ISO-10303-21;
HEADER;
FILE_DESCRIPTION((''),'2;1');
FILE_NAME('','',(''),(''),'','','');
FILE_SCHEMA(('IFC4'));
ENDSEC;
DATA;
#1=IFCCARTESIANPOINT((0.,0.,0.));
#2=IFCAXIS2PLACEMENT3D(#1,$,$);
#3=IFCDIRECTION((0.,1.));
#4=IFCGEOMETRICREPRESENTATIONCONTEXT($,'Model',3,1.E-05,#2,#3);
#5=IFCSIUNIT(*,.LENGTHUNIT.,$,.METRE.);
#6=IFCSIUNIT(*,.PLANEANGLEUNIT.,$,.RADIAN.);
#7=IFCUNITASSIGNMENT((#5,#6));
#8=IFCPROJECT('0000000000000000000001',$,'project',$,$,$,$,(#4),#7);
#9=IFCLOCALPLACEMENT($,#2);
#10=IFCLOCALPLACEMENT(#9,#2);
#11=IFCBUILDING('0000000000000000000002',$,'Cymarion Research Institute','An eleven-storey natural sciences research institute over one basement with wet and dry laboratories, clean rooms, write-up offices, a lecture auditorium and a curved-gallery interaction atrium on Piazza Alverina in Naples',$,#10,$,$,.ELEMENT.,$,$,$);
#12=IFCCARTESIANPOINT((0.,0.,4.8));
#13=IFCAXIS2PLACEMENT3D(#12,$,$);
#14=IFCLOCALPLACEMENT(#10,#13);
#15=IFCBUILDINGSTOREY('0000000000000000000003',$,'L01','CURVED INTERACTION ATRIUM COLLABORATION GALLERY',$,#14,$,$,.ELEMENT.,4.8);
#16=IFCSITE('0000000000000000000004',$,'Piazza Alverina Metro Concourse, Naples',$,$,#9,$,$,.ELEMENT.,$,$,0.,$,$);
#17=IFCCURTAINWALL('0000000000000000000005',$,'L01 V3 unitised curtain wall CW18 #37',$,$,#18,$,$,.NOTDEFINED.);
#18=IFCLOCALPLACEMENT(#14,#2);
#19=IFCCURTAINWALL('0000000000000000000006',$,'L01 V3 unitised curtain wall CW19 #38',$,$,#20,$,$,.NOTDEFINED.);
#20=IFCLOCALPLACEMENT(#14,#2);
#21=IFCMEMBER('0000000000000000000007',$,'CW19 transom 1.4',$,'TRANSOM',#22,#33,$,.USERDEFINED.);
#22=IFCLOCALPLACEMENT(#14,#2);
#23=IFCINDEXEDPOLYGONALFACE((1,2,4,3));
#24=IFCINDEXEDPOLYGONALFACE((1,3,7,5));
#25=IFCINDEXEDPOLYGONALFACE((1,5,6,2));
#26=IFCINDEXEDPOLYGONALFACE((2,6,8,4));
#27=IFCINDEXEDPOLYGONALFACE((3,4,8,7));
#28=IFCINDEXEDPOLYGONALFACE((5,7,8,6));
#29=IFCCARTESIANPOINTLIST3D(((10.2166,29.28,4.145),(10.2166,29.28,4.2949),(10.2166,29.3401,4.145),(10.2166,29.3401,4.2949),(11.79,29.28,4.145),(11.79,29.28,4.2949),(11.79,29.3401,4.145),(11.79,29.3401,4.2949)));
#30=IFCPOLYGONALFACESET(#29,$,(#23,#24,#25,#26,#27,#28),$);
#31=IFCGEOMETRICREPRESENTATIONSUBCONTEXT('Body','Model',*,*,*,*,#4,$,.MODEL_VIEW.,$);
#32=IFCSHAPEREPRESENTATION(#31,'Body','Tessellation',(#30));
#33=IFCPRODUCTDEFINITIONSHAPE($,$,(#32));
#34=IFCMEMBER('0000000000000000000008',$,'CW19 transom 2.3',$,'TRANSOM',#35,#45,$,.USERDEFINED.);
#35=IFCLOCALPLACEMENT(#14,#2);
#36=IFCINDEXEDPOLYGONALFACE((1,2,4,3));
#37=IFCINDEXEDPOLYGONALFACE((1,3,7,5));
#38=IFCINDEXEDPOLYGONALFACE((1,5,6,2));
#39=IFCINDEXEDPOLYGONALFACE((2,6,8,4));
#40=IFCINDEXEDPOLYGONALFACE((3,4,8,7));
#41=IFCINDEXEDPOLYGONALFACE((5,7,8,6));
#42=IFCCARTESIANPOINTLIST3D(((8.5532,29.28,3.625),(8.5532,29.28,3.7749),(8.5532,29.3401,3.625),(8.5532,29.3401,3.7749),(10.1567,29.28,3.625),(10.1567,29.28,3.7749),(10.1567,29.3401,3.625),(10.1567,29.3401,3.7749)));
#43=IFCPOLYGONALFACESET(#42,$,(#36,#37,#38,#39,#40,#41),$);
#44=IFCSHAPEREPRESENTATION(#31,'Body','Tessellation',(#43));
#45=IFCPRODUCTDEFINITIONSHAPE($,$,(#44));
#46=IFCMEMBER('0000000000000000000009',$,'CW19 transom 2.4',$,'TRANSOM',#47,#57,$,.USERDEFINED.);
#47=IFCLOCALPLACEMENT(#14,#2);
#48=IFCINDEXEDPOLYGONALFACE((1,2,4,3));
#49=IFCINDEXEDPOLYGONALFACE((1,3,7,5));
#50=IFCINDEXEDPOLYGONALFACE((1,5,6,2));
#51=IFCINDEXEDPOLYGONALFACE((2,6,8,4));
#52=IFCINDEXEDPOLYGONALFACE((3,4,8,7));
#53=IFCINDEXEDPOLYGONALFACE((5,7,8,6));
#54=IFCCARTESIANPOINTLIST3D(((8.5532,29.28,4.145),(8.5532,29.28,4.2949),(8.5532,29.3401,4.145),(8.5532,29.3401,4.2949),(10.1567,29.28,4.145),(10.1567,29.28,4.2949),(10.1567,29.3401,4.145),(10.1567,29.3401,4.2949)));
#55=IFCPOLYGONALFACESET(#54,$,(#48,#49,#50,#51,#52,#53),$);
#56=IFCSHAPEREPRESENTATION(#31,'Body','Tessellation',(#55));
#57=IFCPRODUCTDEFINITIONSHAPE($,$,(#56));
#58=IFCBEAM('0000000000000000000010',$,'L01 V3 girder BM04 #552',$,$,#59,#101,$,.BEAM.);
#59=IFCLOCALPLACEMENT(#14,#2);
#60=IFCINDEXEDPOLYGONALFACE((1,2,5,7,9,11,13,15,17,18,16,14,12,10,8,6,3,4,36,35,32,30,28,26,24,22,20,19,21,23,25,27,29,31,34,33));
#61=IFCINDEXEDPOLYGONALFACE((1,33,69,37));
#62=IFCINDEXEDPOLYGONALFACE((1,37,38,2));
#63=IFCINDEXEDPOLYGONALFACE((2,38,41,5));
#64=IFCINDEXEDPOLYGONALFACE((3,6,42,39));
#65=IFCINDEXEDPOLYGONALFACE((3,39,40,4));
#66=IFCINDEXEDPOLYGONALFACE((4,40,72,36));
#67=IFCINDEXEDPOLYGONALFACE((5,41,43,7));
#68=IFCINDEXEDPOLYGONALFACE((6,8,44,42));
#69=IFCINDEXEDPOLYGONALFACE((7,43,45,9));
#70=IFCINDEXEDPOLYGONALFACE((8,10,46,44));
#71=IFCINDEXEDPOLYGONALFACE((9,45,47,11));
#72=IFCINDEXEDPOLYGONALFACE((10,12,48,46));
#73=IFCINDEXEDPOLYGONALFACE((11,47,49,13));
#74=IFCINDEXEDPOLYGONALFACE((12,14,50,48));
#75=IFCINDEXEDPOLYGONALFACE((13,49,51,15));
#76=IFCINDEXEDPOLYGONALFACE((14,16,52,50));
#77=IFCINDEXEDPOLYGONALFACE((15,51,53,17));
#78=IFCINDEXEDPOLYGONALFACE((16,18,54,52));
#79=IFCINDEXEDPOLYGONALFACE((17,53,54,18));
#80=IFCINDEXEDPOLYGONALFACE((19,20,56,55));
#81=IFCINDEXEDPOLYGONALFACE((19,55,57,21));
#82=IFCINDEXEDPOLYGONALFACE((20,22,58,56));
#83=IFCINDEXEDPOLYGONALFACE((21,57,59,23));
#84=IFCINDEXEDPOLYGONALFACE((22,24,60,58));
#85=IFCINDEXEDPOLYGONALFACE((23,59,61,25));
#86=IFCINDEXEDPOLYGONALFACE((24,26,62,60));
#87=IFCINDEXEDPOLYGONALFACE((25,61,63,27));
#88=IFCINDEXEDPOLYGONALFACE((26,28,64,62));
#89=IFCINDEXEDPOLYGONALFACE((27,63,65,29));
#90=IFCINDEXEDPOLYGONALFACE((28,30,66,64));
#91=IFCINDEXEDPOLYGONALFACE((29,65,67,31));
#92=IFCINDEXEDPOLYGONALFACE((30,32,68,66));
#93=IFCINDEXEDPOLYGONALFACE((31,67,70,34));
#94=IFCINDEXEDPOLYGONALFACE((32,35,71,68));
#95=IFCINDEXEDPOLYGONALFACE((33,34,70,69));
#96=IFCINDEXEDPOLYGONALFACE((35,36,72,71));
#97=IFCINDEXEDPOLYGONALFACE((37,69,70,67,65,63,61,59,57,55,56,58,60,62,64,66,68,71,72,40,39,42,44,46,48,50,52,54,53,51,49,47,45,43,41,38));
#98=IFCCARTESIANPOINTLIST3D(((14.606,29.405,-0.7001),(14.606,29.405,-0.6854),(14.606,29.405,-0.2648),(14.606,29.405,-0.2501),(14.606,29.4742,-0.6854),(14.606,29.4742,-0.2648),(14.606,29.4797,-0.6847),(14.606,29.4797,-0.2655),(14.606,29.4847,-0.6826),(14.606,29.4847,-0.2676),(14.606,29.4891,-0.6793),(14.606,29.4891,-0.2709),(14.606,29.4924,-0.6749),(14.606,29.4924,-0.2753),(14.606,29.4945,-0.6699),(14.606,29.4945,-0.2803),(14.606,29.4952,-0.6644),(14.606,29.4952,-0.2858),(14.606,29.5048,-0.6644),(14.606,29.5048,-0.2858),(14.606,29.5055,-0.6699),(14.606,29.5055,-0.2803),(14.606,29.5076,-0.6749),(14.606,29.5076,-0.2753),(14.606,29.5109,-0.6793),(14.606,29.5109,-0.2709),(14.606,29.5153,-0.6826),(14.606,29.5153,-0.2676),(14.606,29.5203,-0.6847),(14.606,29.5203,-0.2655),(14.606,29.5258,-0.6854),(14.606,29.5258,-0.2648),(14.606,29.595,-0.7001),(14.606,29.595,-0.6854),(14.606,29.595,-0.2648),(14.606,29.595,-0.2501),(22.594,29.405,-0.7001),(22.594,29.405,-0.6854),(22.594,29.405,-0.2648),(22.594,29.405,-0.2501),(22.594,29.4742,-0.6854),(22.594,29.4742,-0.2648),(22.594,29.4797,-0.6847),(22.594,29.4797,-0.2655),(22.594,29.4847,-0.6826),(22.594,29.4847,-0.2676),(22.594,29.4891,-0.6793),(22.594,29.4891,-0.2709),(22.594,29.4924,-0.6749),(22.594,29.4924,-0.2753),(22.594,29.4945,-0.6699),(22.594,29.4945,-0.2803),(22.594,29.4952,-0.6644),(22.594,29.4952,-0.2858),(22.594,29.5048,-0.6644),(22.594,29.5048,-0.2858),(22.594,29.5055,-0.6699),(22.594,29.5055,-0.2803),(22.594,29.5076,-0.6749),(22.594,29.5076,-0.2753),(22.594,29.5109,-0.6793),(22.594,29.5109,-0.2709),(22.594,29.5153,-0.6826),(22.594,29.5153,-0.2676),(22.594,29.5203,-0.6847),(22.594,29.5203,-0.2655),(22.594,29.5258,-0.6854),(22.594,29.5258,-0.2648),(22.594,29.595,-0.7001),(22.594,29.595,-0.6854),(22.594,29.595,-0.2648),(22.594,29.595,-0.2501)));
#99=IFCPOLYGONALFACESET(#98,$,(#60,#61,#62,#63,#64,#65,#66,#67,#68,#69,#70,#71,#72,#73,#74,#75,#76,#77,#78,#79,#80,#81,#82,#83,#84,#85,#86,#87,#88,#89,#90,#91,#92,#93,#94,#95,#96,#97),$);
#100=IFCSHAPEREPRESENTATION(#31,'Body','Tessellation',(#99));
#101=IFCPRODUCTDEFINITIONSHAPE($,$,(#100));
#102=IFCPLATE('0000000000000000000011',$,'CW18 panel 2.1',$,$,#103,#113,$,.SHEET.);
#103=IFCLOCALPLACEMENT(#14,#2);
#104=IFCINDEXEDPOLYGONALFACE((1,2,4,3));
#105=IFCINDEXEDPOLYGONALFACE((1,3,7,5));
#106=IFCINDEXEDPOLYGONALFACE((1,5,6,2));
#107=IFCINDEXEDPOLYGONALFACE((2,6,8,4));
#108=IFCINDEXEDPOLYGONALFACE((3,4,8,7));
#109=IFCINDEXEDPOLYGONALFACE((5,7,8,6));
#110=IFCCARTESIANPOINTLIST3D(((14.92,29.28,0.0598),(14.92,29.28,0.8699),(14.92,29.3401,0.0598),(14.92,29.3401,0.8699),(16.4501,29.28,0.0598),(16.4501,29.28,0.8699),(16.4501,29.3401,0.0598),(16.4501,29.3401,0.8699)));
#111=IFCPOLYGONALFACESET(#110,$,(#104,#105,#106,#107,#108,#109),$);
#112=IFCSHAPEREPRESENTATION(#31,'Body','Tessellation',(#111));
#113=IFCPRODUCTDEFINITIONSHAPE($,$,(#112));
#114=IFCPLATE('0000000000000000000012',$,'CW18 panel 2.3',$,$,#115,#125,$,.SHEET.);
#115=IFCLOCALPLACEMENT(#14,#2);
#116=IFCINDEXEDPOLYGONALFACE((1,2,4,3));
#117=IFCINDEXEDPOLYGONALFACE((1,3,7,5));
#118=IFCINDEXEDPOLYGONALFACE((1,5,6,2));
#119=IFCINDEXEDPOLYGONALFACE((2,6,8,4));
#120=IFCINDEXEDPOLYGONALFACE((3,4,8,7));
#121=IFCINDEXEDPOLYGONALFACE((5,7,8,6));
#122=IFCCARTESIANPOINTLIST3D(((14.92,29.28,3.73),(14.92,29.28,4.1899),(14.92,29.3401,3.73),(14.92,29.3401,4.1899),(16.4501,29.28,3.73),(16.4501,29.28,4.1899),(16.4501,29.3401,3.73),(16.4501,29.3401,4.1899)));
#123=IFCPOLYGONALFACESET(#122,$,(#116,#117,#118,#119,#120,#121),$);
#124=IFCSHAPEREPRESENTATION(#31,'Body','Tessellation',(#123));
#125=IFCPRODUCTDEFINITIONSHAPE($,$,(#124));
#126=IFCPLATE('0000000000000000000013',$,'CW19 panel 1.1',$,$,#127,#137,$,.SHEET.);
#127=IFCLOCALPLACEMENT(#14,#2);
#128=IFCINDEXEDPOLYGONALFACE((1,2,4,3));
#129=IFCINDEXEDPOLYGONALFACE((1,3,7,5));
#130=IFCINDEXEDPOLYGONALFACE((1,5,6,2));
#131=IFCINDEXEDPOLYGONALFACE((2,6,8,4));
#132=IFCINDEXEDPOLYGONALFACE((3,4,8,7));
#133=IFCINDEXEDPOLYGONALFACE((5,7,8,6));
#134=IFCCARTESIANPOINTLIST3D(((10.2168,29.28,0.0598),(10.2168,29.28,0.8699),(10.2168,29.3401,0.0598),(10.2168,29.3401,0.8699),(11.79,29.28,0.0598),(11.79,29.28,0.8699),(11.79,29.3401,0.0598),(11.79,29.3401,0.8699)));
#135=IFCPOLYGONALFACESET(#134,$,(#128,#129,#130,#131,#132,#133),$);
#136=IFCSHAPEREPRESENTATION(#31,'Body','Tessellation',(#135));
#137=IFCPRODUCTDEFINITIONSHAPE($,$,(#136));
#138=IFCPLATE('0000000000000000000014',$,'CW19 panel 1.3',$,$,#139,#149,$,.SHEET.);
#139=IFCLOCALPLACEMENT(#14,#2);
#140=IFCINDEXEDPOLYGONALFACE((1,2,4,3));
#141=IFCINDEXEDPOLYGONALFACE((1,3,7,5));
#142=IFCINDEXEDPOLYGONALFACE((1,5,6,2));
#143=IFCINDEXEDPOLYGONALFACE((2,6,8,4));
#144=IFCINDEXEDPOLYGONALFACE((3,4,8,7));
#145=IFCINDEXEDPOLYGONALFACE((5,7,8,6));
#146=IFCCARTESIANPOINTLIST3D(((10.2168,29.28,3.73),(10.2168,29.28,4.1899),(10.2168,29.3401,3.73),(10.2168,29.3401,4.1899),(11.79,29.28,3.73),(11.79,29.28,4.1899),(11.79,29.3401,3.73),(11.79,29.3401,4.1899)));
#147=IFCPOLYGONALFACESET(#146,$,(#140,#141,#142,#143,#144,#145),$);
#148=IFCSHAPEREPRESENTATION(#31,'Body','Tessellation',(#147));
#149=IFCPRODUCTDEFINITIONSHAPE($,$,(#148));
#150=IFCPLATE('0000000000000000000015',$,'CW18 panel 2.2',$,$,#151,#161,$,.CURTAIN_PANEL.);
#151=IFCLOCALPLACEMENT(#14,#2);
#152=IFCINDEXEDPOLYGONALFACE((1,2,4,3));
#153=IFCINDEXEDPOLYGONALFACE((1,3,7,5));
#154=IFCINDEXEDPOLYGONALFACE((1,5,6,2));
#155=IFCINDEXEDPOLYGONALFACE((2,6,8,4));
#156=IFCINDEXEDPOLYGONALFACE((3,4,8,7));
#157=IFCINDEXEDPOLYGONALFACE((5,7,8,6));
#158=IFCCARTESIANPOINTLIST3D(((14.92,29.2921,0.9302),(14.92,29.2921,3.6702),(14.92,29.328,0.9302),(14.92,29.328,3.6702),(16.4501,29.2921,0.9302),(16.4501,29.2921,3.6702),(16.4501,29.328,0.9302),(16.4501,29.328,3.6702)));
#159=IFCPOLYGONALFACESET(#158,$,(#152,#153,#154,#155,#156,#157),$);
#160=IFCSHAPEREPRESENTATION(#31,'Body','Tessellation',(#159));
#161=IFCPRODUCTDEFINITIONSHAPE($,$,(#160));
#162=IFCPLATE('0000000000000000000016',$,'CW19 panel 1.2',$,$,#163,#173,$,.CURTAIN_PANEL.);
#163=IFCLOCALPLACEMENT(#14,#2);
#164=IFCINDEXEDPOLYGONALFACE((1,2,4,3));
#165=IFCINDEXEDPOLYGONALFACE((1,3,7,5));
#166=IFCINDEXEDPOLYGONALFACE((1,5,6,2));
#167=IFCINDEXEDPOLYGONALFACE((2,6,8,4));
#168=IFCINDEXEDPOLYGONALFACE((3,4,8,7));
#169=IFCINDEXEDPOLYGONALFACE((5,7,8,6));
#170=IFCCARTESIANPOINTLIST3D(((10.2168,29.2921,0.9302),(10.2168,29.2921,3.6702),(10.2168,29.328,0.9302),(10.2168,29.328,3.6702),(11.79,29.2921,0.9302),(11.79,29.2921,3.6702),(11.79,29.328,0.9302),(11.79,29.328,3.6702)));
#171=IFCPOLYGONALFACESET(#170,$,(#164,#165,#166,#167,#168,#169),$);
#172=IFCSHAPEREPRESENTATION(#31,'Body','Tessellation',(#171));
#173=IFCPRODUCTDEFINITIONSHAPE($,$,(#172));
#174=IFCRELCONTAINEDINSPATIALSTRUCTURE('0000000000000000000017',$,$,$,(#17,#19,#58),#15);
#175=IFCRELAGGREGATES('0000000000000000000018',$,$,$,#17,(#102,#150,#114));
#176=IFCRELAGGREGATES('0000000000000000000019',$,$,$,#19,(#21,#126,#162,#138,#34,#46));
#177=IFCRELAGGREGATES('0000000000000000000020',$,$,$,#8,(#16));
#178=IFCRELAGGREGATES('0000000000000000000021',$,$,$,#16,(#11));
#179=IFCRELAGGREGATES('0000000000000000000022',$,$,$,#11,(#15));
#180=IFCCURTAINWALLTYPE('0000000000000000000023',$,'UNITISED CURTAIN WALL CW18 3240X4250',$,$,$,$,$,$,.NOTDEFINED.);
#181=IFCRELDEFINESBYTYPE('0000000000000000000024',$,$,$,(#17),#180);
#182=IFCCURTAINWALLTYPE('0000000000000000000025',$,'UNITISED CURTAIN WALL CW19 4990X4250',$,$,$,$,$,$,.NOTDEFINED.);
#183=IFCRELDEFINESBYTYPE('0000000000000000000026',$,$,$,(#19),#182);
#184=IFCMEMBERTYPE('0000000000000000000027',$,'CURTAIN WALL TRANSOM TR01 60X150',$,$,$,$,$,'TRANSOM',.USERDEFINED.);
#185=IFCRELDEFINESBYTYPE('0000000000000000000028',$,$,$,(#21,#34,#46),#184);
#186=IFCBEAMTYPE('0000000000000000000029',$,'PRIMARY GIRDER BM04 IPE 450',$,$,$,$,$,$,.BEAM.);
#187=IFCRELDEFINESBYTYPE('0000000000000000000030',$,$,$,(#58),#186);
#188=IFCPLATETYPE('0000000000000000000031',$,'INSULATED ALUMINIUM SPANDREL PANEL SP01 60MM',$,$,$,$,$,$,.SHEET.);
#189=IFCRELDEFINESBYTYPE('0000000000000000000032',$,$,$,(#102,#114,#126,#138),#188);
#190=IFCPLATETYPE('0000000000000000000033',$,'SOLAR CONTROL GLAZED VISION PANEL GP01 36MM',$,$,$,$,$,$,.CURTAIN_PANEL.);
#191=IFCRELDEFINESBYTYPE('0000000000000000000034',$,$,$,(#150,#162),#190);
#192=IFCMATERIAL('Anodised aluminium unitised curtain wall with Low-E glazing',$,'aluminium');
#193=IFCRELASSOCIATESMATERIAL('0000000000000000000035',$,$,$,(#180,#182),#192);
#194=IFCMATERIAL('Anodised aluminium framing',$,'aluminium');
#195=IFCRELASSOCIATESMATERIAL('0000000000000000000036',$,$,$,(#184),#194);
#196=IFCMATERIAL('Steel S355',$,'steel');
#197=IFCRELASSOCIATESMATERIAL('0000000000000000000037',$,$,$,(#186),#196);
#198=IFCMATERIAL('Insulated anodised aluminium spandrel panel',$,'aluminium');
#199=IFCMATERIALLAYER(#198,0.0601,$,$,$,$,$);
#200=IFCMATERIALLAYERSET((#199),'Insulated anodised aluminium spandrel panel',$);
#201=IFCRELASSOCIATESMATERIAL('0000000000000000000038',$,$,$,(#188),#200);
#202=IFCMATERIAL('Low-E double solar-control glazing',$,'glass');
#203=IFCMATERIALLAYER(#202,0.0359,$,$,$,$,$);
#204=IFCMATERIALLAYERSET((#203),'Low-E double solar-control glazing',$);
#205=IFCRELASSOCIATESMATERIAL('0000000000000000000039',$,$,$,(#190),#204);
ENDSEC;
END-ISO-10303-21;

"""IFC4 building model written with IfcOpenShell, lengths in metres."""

from ifc_helpers import new_model, si_unit, direction, frame, origin, origin_2d, place, context, subcontext, project, spatial, rectangle, i_section, extrude, material, layer, layer_set, material_profile, profile_set, type_object, element, aggregate, save


model = new_model("IFC4")

# Units and contexts
model_context = context("Model", 3, precision=1e-05, world=origin(), true_north=direction((0.0, 1.0)))
body_context = subcontext(model_context, "Body", "Model", "MODEL_VIEW")
ifc_project = project(units=[si_unit("LENGTHUNIT", "METRE"), si_unit("PLANEANGLEUNIT", "RADIAN")], contexts=[model_context])

# Site, building, storey
site_placement = place(None, origin())
site = spatial("IfcSite", under=ifc_project, at=site_placement, Name="Piazza Alverina Metro Concourse, Naples", CompositionType="ELEMENT", RefElevation=0.0)
building_placement = place(site_placement, origin())
building = spatial("IfcBuilding", under=site, at=building_placement, Name="Cymarion Research Institute", Description="An eleven-storey natural sciences research institute over one basement with wet and dry laboratories, clean rooms, write-up offices, a lecture auditorium and a curved-gallery interaction atrium on Piazza Alverina in Naples", CompositionType="ELEMENT")
storey_placement = place(building_placement, frame((0.0, 0.0, 4.8)))
storey = spatial("IfcBuildingStorey", under=building, at=storey_placement, Name="L01", Description="CURVED INTERACTION ATRIUM COLLABORATION GALLERY", CompositionType="ELEMENT", Elevation=4.8)

# Shared definitions
ifc_material_1 = material(Name="Steel S355", Category="steel")

# Curtain walls
ifc_material_2 = material(Name="Anodised aluminium unitised curtain wall with Low-E glazing", Category="aluminium")
curtain_wall_type_1 = type_object("IfcCurtainWallType", Name="UNITISED CURTAIN WALL CW18 3240X4250", PredefinedType="NOTDEFINED", material=ifc_material_2)
curtain_wall_1_placement = place(storey_placement, origin())
curtain_wall_1 = element("IfcCurtainWall", 1, at=curtain_wall_1_placement, inside=storey, type_object=curtain_wall_type_1, Name="L01 V3 unitised curtain wall CW18 #37", PredefinedType="NOTDEFINED")
ifc_material_3 = material(Name="Anodised aluminium framing", Category="aluminium")
curtain_wall_type_2 = type_object("IfcCurtainWallType", Name="UNITISED CURTAIN WALL CW19 4990X4250", PredefinedType="NOTDEFINED", material=ifc_material_2)
curtain_wall_2_placement = place(storey_placement, origin())
curtain_wall_2 = element("IfcCurtainWall", 2, at=curtain_wall_2_placement, inside=storey, type_object=curtain_wall_type_2, Name="L01 V3 unitised curtain wall CW19 #38", PredefinedType="NOTDEFINED")

# Members
ifc_material_profile_1 = material_profile(ifc_material_3, rectangle(XDim=0.0601, YDim=0.1499, at=origin_2d()), Name="ALU TRANSOM 60x150")
ifc_profile_set_1 = profile_set([ifc_material_profile_1], Name="Anodised aluminium framing")
member_type_1 = type_object("IfcMemberType", Name="CURTAIN WALL TRANSOM TR01 60X150", ElementType="TRANSOM", PredefinedType="USERDEFINED", material=ifc_profile_set_1)
member_1_placement = place(storey_placement, frame((11.79, 29.3101, 4.22), z_axis=(-1.0, 0.0, 0.0), x_axis=(0.0, -1.0, 0.0)))
member_1 = element("IfcMember", 3, at=member_1_placement, type_object=member_type_1, Name="CW19 transom 1.4", ObjectType="TRANSOM", PredefinedType="USERDEFINED", context=body_context, shape_type="SweptSolid", body=[
    extrude(rectangle(XDim=0.0601, YDim=0.1499, at=origin_2d()), origin(), (0.0, 0.0, 1.0), 1.5735),
])
member_2_placement = place(storey_placement, frame((10.1567, 29.3101, 3.7), z_axis=(-1.0, 0.0, 0.0), x_axis=(0.0, -1.0, 0.0)))
member_2 = element("IfcMember", 4, at=member_2_placement, type_object=member_type_1, Name="CW19 transom 2.3", ObjectType="TRANSOM", PredefinedType="USERDEFINED", context=body_context, shape_type="SweptSolid", body=[
    extrude(rectangle(XDim=0.0601, YDim=0.1499, at=origin_2d()), origin(), (0.0, 0.0, 1.0), 1.6035),
])
member_3_placement = place(storey_placement, frame((10.1567, 29.3101, 4.22), z_axis=(-1.0, 0.0, 0.0), x_axis=(0.0, -1.0, 0.0)))
member_3 = element("IfcMember", 5, at=member_3_placement, type_object=member_type_1, Name="CW19 transom 2.4", ObjectType="TRANSOM", PredefinedType="USERDEFINED", context=body_context, shape_type="SweptSolid", body=[
    extrude(rectangle(XDim=0.0601, YDim=0.1499, at=origin_2d()), origin(), (0.0, 0.0, 1.0), 1.6035),
])

# Beam
ifc_material_profile_2 = material_profile(ifc_material_1, i_section(OverallWidth=0.1899, OverallDepth=0.45, WebThickness=0.0095, FlangeThickness=0.0146, FilletRadius=0.021, at=origin_2d()), Name="IPE 450")
ifc_profile_set_2 = profile_set([ifc_material_profile_2], Name="Steel S355")
beam_type = type_object("IfcBeamType", Name="PRIMARY GIRDER BM04 IPE 450", PredefinedType="BEAM", material=ifc_profile_set_2)
beam_placement = place(storey_placement, frame((14.606, 29.5, -0.4751), z_axis=(1.0, 0.0, 0.0), x_axis=(0.0, 1.0, 0.0)))
element("IfcBeam", 6, at=beam_placement, inside=storey, type_object=beam_type, Name="L01 V3 girder BM04 #552", PredefinedType="BEAM", context=body_context, shape_type="SweptSolid", body=[
    extrude(i_section(OverallWidth=0.1899, OverallDepth=0.45, WebThickness=0.0095, FlangeThickness=0.0146, FilletRadius=0.021, at=origin_2d()), origin(), (0.0, 0.0, 1.0), 7.988),
])

# Plates
ifc_material_4 = material(Name="Insulated anodised aluminium spandrel panel", Category="aluminium")
ifc_layer_1 = layer(ifc_material_4, 0.0601)
ifc_layer_set_1 = layer_set([ifc_layer_1], Name="Insulated anodised aluminium spandrel panel")
plate_type_1 = type_object("IfcPlateType", Name="INSULATED ALUMINIUM SPANDREL PANEL SP01 60MM", PredefinedType="SHEET", material=ifc_layer_set_1)
plate_1_placement = place(storey_placement, frame((15.6851, 29.3101, 0.0598), z_axis=(0.0, 0.0, 1.0), x_axis=(-1.0, 0.0, 0.0)))
plate_1 = element("IfcPlate", 7, at=plate_1_placement, type_object=plate_type_1, Name="CW18 panel 2.1", PredefinedType="SHEET", context=body_context, shape_type="SweptSolid", body=[
    extrude(rectangle(XDim=1.53, YDim=0.0601, at=origin_2d()), origin(), (0.0, 0.0, 1.0), 0.8101),
])
plate_2_placement = place(storey_placement, frame((15.6851, 29.3101, 3.73), z_axis=(0.0, 0.0, 1.0), x_axis=(-1.0, 0.0, 0.0)))
plate_2 = element("IfcPlate", 8, at=plate_2_placement, type_object=plate_type_1, Name="CW18 panel 2.3", PredefinedType="SHEET", context=body_context, shape_type="SweptSolid", body=[
    extrude(rectangle(XDim=1.53, YDim=0.0601, at=origin_2d()), origin(), (0.0, 0.0, 1.0), 0.46),
])
plate_3_placement = place(storey_placement, frame((11.0034, 29.3101, 0.0598), z_axis=(0.0, 0.0, 1.0), x_axis=(-1.0, 0.0, 0.0)))
plate_3 = element("IfcPlate", 9, at=plate_3_placement, type_object=plate_type_1, Name="CW19 panel 1.1", PredefinedType="SHEET", context=body_context, shape_type="SweptSolid", body=[
    extrude(rectangle(XDim=1.5732, YDim=0.0601, at=origin_2d()), origin(), (0.0, 0.0, 1.0), 0.8101),
])
plate_4_placement = place(storey_placement, frame((11.0034, 29.3101, 3.73), z_axis=(0.0, 0.0, 1.0), x_axis=(-1.0, 0.0, 0.0)))
plate_4 = element("IfcPlate", 10, at=plate_4_placement, type_object=plate_type_1, Name="CW19 panel 1.3", PredefinedType="SHEET", context=body_context, shape_type="SweptSolid", body=[
    extrude(rectangle(XDim=1.5732, YDim=0.0601, at=origin_2d()), origin(), (0.0, 0.0, 1.0), 0.46),
])
ifc_material_5 = material(Name="Low-E double solar-control glazing", Category="glass")
ifc_layer_2 = layer(ifc_material_5, 0.0359)
ifc_layer_set_2 = layer_set([ifc_layer_2], Name="Low-E double solar-control glazing")
plate_type_2 = type_object("IfcPlateType", Name="SOLAR CONTROL GLAZED VISION PANEL GP01 36MM", PredefinedType="CURTAIN_PANEL", material=ifc_layer_set_2)
plate_5_placement = place(storey_placement, frame((15.6851, 29.3101, 0.9302), z_axis=(0.0, 0.0, 1.0), x_axis=(-1.0, 0.0, 0.0)))
plate_5 = element("IfcPlate", 11, at=plate_5_placement, type_object=plate_type_2, Name="CW18 panel 2.2", PredefinedType="CURTAIN_PANEL", context=body_context, shape_type="SweptSolid", body=[
    extrude(rectangle(XDim=1.53, YDim=0.0359, at=origin_2d()), origin(), (0.0, 0.0, 1.0), 2.74),
])
aggregate(curtain_wall_1, [plate_1, plate_5, plate_2])
plate_6_placement = place(storey_placement, frame((11.0034, 29.3101, 0.9302), z_axis=(0.0, 0.0, 1.0), x_axis=(-1.0, 0.0, 0.0)))
plate_6 = element("IfcPlate", 12, at=plate_6_placement, type_object=plate_type_2, Name="CW19 panel 1.2", PredefinedType="CURTAIN_PANEL", context=body_context, shape_type="SweptSolid", body=[
    extrude(rectangle(XDim=1.5732, YDim=0.0359, at=origin_2d()), origin(), (0.0, 0.0, 1.0), 2.74),
])
aggregate(curtain_wall_2, [member_1, plate_3, plate_6, plate_4, member_2, member_3])

save(model, "model.ifc")
